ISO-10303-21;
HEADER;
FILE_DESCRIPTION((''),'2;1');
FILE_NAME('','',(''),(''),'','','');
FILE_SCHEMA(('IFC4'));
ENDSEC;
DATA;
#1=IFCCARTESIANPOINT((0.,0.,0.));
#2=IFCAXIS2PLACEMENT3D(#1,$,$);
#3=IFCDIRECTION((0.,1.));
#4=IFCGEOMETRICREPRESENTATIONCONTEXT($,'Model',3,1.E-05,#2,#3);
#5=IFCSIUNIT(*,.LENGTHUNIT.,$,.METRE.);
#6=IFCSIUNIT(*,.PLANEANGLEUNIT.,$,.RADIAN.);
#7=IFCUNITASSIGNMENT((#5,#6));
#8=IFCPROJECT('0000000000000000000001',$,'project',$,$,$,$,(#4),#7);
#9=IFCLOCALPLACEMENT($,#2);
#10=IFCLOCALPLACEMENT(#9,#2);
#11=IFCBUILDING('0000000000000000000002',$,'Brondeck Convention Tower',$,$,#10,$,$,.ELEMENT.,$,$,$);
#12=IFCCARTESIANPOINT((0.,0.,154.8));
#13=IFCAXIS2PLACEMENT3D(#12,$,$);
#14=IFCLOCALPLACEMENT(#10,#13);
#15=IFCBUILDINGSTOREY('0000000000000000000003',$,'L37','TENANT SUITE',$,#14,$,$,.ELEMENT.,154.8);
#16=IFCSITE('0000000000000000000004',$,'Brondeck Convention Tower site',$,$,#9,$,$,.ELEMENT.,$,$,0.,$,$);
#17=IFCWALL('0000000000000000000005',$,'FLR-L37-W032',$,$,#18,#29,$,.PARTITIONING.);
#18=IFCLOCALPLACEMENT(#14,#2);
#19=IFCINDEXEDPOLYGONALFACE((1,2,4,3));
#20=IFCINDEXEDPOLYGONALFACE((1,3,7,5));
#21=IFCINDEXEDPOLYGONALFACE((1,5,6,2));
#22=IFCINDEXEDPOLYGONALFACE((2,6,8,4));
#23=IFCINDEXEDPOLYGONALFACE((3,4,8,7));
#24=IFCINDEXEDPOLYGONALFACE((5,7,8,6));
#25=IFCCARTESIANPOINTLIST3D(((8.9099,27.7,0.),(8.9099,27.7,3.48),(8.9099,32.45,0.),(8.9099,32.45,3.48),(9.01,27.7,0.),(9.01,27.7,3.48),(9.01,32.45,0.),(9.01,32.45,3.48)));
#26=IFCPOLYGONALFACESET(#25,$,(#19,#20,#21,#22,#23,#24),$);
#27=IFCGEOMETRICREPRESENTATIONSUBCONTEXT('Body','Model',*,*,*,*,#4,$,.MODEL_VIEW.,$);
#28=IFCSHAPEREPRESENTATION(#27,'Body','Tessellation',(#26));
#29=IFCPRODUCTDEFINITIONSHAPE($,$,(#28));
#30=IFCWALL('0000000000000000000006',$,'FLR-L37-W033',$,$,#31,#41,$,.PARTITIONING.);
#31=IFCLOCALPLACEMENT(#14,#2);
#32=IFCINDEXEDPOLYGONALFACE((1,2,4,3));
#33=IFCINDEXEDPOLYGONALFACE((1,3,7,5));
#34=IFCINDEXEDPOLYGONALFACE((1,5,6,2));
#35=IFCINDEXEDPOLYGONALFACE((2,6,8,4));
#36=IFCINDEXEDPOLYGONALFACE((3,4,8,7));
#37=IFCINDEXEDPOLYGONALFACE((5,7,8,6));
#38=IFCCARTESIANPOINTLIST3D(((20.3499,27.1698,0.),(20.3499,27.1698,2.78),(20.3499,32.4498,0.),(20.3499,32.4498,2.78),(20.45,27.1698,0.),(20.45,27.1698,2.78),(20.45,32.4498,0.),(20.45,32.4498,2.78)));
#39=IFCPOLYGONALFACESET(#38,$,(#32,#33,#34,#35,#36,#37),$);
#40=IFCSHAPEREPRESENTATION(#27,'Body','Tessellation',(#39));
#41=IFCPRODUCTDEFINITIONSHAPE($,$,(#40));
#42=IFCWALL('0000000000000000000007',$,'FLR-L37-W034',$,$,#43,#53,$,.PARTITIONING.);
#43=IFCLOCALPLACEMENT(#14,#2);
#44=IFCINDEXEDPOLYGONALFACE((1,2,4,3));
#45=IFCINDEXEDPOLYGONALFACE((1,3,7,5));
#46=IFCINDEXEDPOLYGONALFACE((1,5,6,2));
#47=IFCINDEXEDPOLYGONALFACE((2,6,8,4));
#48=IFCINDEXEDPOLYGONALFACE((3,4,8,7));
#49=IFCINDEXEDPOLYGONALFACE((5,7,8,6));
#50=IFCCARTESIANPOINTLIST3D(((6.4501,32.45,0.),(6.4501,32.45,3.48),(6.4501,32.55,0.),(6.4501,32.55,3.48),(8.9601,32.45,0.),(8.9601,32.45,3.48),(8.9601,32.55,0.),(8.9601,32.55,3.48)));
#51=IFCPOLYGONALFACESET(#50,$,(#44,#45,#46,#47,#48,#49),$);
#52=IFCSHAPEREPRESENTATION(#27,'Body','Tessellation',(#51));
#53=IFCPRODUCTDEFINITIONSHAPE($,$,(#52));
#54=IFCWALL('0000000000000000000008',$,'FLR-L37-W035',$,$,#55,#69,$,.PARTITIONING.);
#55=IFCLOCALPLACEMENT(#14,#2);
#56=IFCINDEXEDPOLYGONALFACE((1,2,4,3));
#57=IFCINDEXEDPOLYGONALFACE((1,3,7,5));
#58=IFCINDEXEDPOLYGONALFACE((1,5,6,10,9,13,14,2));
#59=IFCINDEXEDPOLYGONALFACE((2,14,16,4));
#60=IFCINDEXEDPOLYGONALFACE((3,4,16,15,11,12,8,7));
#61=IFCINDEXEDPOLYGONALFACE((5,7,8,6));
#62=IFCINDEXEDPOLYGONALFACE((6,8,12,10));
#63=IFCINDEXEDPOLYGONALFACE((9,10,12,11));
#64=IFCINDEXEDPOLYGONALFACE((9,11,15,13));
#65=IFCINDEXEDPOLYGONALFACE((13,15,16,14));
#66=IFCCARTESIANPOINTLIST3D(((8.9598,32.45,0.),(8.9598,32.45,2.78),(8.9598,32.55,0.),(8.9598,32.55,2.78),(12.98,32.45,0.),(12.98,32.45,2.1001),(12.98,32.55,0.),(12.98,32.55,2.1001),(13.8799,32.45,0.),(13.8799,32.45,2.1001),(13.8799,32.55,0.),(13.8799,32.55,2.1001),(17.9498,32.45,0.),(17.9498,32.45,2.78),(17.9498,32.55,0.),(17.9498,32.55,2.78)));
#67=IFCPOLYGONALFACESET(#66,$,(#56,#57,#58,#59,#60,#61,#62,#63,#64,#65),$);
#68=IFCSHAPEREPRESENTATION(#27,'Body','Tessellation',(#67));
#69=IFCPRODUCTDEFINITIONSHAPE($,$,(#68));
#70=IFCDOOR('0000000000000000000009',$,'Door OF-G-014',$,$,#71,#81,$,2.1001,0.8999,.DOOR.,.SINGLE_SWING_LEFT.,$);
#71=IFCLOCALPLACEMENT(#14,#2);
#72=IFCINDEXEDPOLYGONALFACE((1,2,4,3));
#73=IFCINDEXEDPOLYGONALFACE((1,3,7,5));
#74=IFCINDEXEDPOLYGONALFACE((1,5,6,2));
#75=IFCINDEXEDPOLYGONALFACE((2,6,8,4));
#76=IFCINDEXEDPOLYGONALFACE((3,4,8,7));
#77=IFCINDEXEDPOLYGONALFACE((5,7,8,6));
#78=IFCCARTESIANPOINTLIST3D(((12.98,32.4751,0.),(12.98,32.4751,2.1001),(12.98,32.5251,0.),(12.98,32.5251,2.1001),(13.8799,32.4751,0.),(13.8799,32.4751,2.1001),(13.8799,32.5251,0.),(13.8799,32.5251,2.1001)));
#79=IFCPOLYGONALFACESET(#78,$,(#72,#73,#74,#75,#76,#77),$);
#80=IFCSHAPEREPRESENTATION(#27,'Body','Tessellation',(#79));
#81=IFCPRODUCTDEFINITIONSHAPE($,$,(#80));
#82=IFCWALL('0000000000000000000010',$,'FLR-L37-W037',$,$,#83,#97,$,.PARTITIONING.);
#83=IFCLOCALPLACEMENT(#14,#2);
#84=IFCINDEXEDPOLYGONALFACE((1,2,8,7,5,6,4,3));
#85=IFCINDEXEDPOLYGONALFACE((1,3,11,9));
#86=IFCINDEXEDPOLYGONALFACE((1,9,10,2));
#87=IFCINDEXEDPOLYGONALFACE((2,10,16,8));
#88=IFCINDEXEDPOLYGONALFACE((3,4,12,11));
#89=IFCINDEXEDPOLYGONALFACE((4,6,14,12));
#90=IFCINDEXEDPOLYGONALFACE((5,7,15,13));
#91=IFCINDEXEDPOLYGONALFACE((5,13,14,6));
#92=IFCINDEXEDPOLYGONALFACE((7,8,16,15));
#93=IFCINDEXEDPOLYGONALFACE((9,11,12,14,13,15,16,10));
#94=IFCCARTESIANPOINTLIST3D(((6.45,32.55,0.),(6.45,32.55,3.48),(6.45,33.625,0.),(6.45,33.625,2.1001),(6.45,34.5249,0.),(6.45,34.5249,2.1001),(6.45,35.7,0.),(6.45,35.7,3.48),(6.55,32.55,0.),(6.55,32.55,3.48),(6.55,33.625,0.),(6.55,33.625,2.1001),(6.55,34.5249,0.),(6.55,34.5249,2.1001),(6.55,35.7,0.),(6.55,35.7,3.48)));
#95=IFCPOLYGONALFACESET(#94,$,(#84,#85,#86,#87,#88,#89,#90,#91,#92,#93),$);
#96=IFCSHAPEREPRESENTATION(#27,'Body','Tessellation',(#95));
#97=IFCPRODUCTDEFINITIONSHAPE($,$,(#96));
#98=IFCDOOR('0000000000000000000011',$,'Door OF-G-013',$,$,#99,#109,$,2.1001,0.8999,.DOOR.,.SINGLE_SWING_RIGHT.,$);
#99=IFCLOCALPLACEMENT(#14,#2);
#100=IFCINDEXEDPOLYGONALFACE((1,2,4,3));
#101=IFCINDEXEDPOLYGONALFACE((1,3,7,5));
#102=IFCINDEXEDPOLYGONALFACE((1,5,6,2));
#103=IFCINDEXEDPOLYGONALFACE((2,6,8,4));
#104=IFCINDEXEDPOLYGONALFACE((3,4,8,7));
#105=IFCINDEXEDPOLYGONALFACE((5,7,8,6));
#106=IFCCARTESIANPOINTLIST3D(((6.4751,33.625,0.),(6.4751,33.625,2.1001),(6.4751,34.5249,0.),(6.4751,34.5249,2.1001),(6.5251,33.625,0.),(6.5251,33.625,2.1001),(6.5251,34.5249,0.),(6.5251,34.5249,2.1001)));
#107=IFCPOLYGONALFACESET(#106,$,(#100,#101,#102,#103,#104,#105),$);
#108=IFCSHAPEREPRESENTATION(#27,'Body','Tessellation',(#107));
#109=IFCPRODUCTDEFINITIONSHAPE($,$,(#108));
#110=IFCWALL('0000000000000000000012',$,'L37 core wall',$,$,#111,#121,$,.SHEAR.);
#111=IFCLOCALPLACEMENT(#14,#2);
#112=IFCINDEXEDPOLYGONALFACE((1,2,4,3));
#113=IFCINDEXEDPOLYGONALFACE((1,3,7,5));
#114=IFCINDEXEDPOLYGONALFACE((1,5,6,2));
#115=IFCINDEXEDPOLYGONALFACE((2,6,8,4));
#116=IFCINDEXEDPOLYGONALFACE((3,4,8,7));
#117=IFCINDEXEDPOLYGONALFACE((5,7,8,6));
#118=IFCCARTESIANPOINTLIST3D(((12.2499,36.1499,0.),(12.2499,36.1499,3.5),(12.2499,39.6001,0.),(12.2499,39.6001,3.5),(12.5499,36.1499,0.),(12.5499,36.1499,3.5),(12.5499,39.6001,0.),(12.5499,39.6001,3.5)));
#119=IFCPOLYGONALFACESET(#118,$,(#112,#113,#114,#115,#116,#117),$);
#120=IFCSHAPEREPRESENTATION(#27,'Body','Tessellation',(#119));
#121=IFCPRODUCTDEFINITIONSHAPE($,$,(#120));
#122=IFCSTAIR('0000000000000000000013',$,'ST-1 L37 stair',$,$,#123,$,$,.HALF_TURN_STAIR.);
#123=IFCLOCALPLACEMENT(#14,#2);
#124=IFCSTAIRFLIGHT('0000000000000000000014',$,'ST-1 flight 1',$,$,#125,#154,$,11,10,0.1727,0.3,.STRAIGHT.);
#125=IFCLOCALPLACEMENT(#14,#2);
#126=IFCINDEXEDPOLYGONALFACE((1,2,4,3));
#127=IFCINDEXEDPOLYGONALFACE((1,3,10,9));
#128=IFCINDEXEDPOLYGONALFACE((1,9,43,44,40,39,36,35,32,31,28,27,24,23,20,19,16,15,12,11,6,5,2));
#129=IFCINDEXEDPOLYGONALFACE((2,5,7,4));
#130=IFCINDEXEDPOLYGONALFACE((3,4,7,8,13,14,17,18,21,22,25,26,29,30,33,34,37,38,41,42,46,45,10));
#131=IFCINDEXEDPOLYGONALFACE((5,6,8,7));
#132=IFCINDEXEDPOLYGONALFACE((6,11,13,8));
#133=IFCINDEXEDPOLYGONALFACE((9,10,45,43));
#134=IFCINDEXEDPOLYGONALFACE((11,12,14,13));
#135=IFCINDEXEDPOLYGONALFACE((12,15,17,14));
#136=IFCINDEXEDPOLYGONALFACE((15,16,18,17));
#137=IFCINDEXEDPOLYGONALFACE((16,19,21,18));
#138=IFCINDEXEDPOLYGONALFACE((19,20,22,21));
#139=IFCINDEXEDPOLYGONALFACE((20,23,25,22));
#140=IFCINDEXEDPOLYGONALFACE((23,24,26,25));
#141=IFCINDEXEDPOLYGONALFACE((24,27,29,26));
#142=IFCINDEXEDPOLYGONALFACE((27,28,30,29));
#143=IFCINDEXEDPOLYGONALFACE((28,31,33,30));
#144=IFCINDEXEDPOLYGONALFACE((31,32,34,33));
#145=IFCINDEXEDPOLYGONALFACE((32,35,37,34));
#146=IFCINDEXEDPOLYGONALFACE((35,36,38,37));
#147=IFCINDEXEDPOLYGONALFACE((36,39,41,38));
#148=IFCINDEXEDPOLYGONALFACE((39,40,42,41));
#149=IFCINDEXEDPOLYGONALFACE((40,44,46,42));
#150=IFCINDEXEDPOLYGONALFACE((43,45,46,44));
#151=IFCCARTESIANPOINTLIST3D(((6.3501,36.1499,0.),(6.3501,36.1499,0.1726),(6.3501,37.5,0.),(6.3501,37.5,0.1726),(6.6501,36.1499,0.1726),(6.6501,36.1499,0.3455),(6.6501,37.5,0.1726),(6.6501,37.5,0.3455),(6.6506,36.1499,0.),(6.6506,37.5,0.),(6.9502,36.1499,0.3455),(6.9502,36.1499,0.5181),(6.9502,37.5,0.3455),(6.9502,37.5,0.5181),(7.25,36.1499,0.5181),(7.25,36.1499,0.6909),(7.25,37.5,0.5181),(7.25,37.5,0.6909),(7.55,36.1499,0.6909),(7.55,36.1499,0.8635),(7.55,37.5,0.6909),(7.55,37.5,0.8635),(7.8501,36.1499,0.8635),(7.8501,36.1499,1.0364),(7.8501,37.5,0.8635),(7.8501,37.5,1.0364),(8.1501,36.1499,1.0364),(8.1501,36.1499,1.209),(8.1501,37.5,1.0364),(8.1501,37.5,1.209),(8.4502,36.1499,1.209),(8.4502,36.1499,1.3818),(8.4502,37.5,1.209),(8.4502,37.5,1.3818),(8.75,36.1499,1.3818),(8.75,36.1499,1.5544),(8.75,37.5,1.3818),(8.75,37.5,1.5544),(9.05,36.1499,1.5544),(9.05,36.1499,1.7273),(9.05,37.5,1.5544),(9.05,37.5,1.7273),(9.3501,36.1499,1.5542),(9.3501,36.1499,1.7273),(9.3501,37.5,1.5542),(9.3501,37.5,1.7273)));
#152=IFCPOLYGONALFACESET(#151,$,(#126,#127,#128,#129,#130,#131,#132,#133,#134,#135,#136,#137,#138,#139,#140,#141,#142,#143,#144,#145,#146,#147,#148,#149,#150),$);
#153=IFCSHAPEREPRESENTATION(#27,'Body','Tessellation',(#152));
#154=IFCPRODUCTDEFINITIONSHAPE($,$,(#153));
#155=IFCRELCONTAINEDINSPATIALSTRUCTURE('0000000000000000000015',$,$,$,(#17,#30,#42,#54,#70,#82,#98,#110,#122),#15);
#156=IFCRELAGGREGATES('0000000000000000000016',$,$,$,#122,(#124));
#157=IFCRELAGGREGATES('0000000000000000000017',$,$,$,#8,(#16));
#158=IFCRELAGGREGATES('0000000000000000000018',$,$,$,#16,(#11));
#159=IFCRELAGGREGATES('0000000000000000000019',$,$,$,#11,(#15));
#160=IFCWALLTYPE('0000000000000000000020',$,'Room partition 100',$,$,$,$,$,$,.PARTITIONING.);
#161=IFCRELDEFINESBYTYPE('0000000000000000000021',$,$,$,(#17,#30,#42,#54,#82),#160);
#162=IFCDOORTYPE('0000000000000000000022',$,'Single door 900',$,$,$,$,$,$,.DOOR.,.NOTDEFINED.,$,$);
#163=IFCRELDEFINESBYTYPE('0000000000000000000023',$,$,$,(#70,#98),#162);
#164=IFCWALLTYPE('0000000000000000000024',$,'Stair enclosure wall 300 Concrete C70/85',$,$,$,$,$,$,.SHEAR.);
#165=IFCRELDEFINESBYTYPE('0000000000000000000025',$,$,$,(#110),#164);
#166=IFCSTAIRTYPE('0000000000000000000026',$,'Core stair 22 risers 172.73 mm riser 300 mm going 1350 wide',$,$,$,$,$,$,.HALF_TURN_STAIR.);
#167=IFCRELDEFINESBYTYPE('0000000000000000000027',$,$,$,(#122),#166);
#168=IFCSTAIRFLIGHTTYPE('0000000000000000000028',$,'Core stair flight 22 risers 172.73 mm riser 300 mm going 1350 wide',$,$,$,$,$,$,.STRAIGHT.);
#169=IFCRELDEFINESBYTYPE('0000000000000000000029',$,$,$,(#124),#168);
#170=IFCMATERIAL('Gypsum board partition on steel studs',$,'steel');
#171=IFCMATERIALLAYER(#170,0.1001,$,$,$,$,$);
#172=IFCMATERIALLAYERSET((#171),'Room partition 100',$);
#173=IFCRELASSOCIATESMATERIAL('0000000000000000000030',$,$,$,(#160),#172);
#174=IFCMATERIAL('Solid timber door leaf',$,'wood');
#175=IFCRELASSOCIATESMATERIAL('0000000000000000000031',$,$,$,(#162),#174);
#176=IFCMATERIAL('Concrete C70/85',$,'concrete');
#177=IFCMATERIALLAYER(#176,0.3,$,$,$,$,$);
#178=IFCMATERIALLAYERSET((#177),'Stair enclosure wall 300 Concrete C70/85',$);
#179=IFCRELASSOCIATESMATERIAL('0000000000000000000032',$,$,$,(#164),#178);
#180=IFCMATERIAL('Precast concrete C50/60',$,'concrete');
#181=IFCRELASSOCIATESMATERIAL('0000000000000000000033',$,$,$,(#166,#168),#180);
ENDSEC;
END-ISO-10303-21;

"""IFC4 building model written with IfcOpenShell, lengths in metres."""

from ifc_helpers import new_model, si_unit, direction, frame, frame_2d, origin, place, context, subcontext, project, spatial, polyline, rectangle, outline, extrude, material, layer, layer_set, type_object, element, fill, aggregate, save


model = new_model("IFC4")

# Units and contexts
model_context = context("Model", 3, precision=1e-05, world=origin(), true_north=direction((0.0, 1.0)))
body_context = subcontext(model_context, "Body", "Model", "MODEL_VIEW")
ifc_project = project(units=[si_unit("LENGTHUNIT", "METRE"), si_unit("PLANEANGLEUNIT", "RADIAN")], contexts=[model_context])

# Site, building, storey
site_placement = place(None, origin())
site = spatial("IfcSite", under=ifc_project, at=site_placement, Name="Brondeck Convention Tower site", CompositionType="ELEMENT", RefElevation=0.0)
building_placement = place(site_placement, origin())
building = spatial("IfcBuilding", under=site, at=building_placement, Name="Brondeck Convention Tower", CompositionType="ELEMENT")
storey_placement = place(building_placement, frame((0.0, 0.0, 154.8)))
storey = spatial("IfcBuildingStorey", under=building, at=storey_placement, Name="L37", Description="TENANT SUITE", CompositionType="ELEMENT", Elevation=154.8)

# Shared definitions
ifc_material_1 = material(Name="Concrete C70/85", Category="concrete")

# Walls
ifc_material_2 = material(Name="Gypsum board partition on steel studs", Category="steel")
ifc_layer_1 = layer(ifc_material_2, 0.1001)
ifc_layer_set_1 = layer_set([ifc_layer_1], Name="Room partition 100")
wall_type_1 = type_object("IfcWallType", Name="Room partition 100", PredefinedType="PARTITIONING", material=ifc_layer_set_1)
wall_1_placement = place(storey_placement, frame((8.96, 32.45, 0.0), z_axis=(0.0, 0.0, 1.0), x_axis=(0.0, -1.0, 0.0)))
element("IfcWall", 1, at=wall_1_placement, inside=storey, type_object=wall_type_1, Name="FLR-L37-W032", PredefinedType="PARTITIONING", context=body_context, shape_type="SweptSolid", body=[
    extrude(rectangle(XDim=4.75, YDim=0.1001, at=frame_2d((2.375, 0.0))), origin(), (0.0, 0.0, 1.0), 3.48),
])
wall_2_placement = place(storey_placement, frame((20.3999, 32.45, 0.0), z_axis=(0.0, 0.0, 1.0), x_axis=(0.0, -1.0, 0.0)))
element("IfcWall", 2, at=wall_2_placement, inside=storey, type_object=wall_type_1, Name="FLR-L37-W033", PredefinedType="PARTITIONING", context=body_context, shape_type="SweptSolid", body=[
    extrude(rectangle(XDim=5.28, YDim=0.1001, at=frame_2d((2.6401, 0.0))), origin(), (0.0, 0.0, 1.0), 2.78),
])
wall_3_placement = place(storey_placement, frame((8.96, 32.5, 0.0), z_axis=(0.0, 0.0, 1.0), x_axis=(-1.0, 0.0, 0.0)))
element("IfcWall", 3, at=wall_3_placement, inside=storey, type_object=wall_type_1, Name="FLR-L37-W034", PredefinedType="PARTITIONING", context=body_context, shape_type="SweptSolid", body=[
    extrude(rectangle(XDim=2.51, YDim=0.1001, at=frame_2d((1.2549, 0.0))), origin(), (0.0, 0.0, 1.0), 3.48),
])

# Walls, openings, doors
wall_4_placement = place(storey_placement, frame((17.95, 32.5, 0.0), z_axis=(0.0, 0.0, 1.0), x_axis=(-1.0, 0.0, 0.0)))
wall_4 = element("IfcWall", 4, at=wall_4_placement, inside=storey, type_object=wall_type_1, Name="FLR-L37-W035", PredefinedType="PARTITIONING", context=body_context, shape_type="SweptSolid", body=[
    extrude(rectangle(XDim=8.99, YDim=0.1001, at=frame_2d((4.4951, 0.0))), origin(), (0.0, 0.0, 1.0), 2.78),
])
opening_1_placement = place(wall_4_placement, frame((4.0701, 0.0, 0.0)))
opening_1 = element("IfcOpeningElement", 5, at=opening_1_placement, cuts=wall_4, PredefinedType="OPENING", context=body_context, shape_type="SweptSolid", body=[
    extrude(rectangle(XDim=0.8999, YDim=2.1001, at=frame_2d((0.45, 1.05))), frame((0.0, 0.0601, 0.0), z_axis=(0.0, -1.0, 0.0), x_axis=(1.0, 0.0, 0.0)), (0.0, 0.0, 1.0), 0.1201),
])
ifc_material_3 = material(Name="Solid timber door leaf", Category="wood")
door_type_1 = type_object("IfcDoorType", Name="Single door 900", OperationType="NOTDEFINED", PredefinedType="DOOR", material=ifc_material_3)
door_1_placement = place(opening_1_placement, origin())
door_1 = element("IfcDoor", 6, at=door_1_placement, inside=storey, type_object=door_type_1, Name="Door OF-G-014", OperationType="SINGLE_SWING_LEFT", OverallHeight=2.1001, OverallWidth=0.8999, PredefinedType="DOOR", context=body_context, shape_type="SweptSolid", body=[
    extrude(rectangle(XDim=0.8999, YDim=2.1001, at=frame_2d((0.45, 1.05))), frame((0.0, 0.0249, 0.0), z_axis=(0.0, -1.0, 0.0), x_axis=(1.0, 0.0, 0.0)), (0.0, 0.0, 1.0), 0.05),
])
fill(opening_1, door_1)
wall_5_placement = place(storey_placement, frame((6.5, 32.55, 0.0), z_axis=(0.0, 0.0, 1.0), x_axis=(0.0, 1.0, 0.0)))
wall_5 = element("IfcWall", 7, at=wall_5_placement, inside=storey, type_object=wall_type_1, Name="FLR-L37-W037", PredefinedType="PARTITIONING", context=body_context, shape_type="SweptSolid", body=[
    extrude(rectangle(XDim=3.1499, YDim=0.1001, at=frame_2d((1.575, 0.0))), origin(), (0.0, 0.0, 1.0), 3.48),
])
opening_2_placement = place(wall_5_placement, frame((1.075, 0.0, 0.0)))
opening_2 = element("IfcOpeningElement", 8, at=opening_2_placement, cuts=wall_5, PredefinedType="OPENING", context=body_context, shape_type="SweptSolid", body=[
    extrude(rectangle(XDim=0.8999, YDim=2.1001, at=frame_2d((0.45, 1.05))), frame((0.0, 0.0601, 0.0), z_axis=(0.0, -1.0, 0.0), x_axis=(1.0, 0.0, 0.0)), (0.0, 0.0, 1.0), 0.1201),
])
door_2_placement = place(opening_2_placement, origin())
door_2 = element("IfcDoor", 9, at=door_2_placement, inside=storey, type_object=door_type_1, Name="Door OF-G-013", OperationType="SINGLE_SWING_RIGHT", OverallHeight=2.1001, OverallWidth=0.8999, PredefinedType="DOOR", context=body_context, shape_type="SweptSolid", body=[
    extrude(rectangle(XDim=0.8999, YDim=2.1001, at=frame_2d((0.45, 1.05))), frame((0.0, 0.0249, 0.0), z_axis=(0.0, -1.0, 0.0), x_axis=(1.0, 0.0, 0.0)), (0.0, 0.0, 1.0), 0.05),
])
fill(opening_2, door_2)

# Wall
ifc_layer_2 = layer(ifc_material_1, 0.3)
ifc_layer_set_2 = layer_set([ifc_layer_2], Name="Stair enclosure wall 300 Concrete C70/85")
wall_type_2 = type_object("IfcWallType", Name="Stair enclosure wall 300 Concrete C70/85", PredefinedType="SHEAR", material=ifc_layer_set_2)
wall_6_placement = place(storey_placement, frame((12.3999, 36.1499, 0.0), z_axis=(0.0, 0.0, 1.0), x_axis=(0.0, 1.0, 0.0)))
element("IfcWall", 10, at=wall_6_placement, inside=storey, type_object=wall_type_2, Name="L37 core wall", PredefinedType="SHEAR", context=body_context, shape_type="SweptSolid", body=[
    extrude(rectangle(XDim=3.4502, YDim=0.3, at=frame_2d((1.7251, 0.0))), origin(), (0.0, 0.0, 1.0), 3.5),
])

# Stair, stair flight
ifc_material_4 = material(Name="Precast concrete C50/60", Category="concrete")
stair_type = type_object("IfcStairType", Name="Core stair 22 risers 172.73 mm riser 300 mm going 1350 wide", PredefinedType="HALF_TURN_STAIR", material=ifc_material_4)
stair_placement = place(storey_placement, origin())
stair = element("IfcStair", 11, at=stair_placement, inside=storey, type_object=stair_type, Name="ST-1 L37 stair", PredefinedType="HALF_TURN_STAIR")
stair_flight_type = type_object("IfcStairFlightType", Name="Core stair flight 22 risers 172.73 mm riser 300 mm going 1350 wide", PredefinedType="STRAIGHT", material=ifc_material_4)
stair_flight_1_placement = place(storey_placement, frame((6.3501, 36.825, 0.0), z_axis=(0.0, 0.0, 1.0), x_axis=(1.0, 0.0, 0.0)))
stair_flight_1 = element("IfcStairFlight", 12, at=stair_flight_1_placement, type_object=stair_flight_type, Name="ST-1 flight 1", NumberOfRisers=11, NumberOfTreads=10, PredefinedType="STRAIGHT", RiserHeight=0.1727, TreadLength=0.3, context=body_context, shape_type="SweptSolid", body=[
    extrude(outline(polyline([(0.0, 0.0), (0.0, 0.1726), (0.3, 0.1726), (0.3, 0.3455), (0.6001, 0.3455), (0.6001, 0.5181), (0.8999, 0.5181), (0.8999, 0.6909), (1.2, 0.6909), (1.2, 0.8635), (1.5, 0.8635), (1.5, 1.0364), (1.8, 1.0364), (1.8, 1.209), (2.1001, 1.209), (2.1001, 1.3818), (2.3999, 1.3818), (2.3999, 1.5544), (2.7, 1.5544), (2.7, 1.7273), (3.0, 1.7273), (3.0, 1.8999), (3.0, 1.5542), (0.3005, 0.0), (0.0, 0.0)])), frame((0.0, 0.675, 0.0), z_axis=(0.0, -1.0, 0.0), x_axis=(1.0, 0.0, 0.0)), (0.0, 0.0, 1.0), 1.3501),
])
aggregate(stair, [stair_flight_1])

save(model, "model.ifc")
